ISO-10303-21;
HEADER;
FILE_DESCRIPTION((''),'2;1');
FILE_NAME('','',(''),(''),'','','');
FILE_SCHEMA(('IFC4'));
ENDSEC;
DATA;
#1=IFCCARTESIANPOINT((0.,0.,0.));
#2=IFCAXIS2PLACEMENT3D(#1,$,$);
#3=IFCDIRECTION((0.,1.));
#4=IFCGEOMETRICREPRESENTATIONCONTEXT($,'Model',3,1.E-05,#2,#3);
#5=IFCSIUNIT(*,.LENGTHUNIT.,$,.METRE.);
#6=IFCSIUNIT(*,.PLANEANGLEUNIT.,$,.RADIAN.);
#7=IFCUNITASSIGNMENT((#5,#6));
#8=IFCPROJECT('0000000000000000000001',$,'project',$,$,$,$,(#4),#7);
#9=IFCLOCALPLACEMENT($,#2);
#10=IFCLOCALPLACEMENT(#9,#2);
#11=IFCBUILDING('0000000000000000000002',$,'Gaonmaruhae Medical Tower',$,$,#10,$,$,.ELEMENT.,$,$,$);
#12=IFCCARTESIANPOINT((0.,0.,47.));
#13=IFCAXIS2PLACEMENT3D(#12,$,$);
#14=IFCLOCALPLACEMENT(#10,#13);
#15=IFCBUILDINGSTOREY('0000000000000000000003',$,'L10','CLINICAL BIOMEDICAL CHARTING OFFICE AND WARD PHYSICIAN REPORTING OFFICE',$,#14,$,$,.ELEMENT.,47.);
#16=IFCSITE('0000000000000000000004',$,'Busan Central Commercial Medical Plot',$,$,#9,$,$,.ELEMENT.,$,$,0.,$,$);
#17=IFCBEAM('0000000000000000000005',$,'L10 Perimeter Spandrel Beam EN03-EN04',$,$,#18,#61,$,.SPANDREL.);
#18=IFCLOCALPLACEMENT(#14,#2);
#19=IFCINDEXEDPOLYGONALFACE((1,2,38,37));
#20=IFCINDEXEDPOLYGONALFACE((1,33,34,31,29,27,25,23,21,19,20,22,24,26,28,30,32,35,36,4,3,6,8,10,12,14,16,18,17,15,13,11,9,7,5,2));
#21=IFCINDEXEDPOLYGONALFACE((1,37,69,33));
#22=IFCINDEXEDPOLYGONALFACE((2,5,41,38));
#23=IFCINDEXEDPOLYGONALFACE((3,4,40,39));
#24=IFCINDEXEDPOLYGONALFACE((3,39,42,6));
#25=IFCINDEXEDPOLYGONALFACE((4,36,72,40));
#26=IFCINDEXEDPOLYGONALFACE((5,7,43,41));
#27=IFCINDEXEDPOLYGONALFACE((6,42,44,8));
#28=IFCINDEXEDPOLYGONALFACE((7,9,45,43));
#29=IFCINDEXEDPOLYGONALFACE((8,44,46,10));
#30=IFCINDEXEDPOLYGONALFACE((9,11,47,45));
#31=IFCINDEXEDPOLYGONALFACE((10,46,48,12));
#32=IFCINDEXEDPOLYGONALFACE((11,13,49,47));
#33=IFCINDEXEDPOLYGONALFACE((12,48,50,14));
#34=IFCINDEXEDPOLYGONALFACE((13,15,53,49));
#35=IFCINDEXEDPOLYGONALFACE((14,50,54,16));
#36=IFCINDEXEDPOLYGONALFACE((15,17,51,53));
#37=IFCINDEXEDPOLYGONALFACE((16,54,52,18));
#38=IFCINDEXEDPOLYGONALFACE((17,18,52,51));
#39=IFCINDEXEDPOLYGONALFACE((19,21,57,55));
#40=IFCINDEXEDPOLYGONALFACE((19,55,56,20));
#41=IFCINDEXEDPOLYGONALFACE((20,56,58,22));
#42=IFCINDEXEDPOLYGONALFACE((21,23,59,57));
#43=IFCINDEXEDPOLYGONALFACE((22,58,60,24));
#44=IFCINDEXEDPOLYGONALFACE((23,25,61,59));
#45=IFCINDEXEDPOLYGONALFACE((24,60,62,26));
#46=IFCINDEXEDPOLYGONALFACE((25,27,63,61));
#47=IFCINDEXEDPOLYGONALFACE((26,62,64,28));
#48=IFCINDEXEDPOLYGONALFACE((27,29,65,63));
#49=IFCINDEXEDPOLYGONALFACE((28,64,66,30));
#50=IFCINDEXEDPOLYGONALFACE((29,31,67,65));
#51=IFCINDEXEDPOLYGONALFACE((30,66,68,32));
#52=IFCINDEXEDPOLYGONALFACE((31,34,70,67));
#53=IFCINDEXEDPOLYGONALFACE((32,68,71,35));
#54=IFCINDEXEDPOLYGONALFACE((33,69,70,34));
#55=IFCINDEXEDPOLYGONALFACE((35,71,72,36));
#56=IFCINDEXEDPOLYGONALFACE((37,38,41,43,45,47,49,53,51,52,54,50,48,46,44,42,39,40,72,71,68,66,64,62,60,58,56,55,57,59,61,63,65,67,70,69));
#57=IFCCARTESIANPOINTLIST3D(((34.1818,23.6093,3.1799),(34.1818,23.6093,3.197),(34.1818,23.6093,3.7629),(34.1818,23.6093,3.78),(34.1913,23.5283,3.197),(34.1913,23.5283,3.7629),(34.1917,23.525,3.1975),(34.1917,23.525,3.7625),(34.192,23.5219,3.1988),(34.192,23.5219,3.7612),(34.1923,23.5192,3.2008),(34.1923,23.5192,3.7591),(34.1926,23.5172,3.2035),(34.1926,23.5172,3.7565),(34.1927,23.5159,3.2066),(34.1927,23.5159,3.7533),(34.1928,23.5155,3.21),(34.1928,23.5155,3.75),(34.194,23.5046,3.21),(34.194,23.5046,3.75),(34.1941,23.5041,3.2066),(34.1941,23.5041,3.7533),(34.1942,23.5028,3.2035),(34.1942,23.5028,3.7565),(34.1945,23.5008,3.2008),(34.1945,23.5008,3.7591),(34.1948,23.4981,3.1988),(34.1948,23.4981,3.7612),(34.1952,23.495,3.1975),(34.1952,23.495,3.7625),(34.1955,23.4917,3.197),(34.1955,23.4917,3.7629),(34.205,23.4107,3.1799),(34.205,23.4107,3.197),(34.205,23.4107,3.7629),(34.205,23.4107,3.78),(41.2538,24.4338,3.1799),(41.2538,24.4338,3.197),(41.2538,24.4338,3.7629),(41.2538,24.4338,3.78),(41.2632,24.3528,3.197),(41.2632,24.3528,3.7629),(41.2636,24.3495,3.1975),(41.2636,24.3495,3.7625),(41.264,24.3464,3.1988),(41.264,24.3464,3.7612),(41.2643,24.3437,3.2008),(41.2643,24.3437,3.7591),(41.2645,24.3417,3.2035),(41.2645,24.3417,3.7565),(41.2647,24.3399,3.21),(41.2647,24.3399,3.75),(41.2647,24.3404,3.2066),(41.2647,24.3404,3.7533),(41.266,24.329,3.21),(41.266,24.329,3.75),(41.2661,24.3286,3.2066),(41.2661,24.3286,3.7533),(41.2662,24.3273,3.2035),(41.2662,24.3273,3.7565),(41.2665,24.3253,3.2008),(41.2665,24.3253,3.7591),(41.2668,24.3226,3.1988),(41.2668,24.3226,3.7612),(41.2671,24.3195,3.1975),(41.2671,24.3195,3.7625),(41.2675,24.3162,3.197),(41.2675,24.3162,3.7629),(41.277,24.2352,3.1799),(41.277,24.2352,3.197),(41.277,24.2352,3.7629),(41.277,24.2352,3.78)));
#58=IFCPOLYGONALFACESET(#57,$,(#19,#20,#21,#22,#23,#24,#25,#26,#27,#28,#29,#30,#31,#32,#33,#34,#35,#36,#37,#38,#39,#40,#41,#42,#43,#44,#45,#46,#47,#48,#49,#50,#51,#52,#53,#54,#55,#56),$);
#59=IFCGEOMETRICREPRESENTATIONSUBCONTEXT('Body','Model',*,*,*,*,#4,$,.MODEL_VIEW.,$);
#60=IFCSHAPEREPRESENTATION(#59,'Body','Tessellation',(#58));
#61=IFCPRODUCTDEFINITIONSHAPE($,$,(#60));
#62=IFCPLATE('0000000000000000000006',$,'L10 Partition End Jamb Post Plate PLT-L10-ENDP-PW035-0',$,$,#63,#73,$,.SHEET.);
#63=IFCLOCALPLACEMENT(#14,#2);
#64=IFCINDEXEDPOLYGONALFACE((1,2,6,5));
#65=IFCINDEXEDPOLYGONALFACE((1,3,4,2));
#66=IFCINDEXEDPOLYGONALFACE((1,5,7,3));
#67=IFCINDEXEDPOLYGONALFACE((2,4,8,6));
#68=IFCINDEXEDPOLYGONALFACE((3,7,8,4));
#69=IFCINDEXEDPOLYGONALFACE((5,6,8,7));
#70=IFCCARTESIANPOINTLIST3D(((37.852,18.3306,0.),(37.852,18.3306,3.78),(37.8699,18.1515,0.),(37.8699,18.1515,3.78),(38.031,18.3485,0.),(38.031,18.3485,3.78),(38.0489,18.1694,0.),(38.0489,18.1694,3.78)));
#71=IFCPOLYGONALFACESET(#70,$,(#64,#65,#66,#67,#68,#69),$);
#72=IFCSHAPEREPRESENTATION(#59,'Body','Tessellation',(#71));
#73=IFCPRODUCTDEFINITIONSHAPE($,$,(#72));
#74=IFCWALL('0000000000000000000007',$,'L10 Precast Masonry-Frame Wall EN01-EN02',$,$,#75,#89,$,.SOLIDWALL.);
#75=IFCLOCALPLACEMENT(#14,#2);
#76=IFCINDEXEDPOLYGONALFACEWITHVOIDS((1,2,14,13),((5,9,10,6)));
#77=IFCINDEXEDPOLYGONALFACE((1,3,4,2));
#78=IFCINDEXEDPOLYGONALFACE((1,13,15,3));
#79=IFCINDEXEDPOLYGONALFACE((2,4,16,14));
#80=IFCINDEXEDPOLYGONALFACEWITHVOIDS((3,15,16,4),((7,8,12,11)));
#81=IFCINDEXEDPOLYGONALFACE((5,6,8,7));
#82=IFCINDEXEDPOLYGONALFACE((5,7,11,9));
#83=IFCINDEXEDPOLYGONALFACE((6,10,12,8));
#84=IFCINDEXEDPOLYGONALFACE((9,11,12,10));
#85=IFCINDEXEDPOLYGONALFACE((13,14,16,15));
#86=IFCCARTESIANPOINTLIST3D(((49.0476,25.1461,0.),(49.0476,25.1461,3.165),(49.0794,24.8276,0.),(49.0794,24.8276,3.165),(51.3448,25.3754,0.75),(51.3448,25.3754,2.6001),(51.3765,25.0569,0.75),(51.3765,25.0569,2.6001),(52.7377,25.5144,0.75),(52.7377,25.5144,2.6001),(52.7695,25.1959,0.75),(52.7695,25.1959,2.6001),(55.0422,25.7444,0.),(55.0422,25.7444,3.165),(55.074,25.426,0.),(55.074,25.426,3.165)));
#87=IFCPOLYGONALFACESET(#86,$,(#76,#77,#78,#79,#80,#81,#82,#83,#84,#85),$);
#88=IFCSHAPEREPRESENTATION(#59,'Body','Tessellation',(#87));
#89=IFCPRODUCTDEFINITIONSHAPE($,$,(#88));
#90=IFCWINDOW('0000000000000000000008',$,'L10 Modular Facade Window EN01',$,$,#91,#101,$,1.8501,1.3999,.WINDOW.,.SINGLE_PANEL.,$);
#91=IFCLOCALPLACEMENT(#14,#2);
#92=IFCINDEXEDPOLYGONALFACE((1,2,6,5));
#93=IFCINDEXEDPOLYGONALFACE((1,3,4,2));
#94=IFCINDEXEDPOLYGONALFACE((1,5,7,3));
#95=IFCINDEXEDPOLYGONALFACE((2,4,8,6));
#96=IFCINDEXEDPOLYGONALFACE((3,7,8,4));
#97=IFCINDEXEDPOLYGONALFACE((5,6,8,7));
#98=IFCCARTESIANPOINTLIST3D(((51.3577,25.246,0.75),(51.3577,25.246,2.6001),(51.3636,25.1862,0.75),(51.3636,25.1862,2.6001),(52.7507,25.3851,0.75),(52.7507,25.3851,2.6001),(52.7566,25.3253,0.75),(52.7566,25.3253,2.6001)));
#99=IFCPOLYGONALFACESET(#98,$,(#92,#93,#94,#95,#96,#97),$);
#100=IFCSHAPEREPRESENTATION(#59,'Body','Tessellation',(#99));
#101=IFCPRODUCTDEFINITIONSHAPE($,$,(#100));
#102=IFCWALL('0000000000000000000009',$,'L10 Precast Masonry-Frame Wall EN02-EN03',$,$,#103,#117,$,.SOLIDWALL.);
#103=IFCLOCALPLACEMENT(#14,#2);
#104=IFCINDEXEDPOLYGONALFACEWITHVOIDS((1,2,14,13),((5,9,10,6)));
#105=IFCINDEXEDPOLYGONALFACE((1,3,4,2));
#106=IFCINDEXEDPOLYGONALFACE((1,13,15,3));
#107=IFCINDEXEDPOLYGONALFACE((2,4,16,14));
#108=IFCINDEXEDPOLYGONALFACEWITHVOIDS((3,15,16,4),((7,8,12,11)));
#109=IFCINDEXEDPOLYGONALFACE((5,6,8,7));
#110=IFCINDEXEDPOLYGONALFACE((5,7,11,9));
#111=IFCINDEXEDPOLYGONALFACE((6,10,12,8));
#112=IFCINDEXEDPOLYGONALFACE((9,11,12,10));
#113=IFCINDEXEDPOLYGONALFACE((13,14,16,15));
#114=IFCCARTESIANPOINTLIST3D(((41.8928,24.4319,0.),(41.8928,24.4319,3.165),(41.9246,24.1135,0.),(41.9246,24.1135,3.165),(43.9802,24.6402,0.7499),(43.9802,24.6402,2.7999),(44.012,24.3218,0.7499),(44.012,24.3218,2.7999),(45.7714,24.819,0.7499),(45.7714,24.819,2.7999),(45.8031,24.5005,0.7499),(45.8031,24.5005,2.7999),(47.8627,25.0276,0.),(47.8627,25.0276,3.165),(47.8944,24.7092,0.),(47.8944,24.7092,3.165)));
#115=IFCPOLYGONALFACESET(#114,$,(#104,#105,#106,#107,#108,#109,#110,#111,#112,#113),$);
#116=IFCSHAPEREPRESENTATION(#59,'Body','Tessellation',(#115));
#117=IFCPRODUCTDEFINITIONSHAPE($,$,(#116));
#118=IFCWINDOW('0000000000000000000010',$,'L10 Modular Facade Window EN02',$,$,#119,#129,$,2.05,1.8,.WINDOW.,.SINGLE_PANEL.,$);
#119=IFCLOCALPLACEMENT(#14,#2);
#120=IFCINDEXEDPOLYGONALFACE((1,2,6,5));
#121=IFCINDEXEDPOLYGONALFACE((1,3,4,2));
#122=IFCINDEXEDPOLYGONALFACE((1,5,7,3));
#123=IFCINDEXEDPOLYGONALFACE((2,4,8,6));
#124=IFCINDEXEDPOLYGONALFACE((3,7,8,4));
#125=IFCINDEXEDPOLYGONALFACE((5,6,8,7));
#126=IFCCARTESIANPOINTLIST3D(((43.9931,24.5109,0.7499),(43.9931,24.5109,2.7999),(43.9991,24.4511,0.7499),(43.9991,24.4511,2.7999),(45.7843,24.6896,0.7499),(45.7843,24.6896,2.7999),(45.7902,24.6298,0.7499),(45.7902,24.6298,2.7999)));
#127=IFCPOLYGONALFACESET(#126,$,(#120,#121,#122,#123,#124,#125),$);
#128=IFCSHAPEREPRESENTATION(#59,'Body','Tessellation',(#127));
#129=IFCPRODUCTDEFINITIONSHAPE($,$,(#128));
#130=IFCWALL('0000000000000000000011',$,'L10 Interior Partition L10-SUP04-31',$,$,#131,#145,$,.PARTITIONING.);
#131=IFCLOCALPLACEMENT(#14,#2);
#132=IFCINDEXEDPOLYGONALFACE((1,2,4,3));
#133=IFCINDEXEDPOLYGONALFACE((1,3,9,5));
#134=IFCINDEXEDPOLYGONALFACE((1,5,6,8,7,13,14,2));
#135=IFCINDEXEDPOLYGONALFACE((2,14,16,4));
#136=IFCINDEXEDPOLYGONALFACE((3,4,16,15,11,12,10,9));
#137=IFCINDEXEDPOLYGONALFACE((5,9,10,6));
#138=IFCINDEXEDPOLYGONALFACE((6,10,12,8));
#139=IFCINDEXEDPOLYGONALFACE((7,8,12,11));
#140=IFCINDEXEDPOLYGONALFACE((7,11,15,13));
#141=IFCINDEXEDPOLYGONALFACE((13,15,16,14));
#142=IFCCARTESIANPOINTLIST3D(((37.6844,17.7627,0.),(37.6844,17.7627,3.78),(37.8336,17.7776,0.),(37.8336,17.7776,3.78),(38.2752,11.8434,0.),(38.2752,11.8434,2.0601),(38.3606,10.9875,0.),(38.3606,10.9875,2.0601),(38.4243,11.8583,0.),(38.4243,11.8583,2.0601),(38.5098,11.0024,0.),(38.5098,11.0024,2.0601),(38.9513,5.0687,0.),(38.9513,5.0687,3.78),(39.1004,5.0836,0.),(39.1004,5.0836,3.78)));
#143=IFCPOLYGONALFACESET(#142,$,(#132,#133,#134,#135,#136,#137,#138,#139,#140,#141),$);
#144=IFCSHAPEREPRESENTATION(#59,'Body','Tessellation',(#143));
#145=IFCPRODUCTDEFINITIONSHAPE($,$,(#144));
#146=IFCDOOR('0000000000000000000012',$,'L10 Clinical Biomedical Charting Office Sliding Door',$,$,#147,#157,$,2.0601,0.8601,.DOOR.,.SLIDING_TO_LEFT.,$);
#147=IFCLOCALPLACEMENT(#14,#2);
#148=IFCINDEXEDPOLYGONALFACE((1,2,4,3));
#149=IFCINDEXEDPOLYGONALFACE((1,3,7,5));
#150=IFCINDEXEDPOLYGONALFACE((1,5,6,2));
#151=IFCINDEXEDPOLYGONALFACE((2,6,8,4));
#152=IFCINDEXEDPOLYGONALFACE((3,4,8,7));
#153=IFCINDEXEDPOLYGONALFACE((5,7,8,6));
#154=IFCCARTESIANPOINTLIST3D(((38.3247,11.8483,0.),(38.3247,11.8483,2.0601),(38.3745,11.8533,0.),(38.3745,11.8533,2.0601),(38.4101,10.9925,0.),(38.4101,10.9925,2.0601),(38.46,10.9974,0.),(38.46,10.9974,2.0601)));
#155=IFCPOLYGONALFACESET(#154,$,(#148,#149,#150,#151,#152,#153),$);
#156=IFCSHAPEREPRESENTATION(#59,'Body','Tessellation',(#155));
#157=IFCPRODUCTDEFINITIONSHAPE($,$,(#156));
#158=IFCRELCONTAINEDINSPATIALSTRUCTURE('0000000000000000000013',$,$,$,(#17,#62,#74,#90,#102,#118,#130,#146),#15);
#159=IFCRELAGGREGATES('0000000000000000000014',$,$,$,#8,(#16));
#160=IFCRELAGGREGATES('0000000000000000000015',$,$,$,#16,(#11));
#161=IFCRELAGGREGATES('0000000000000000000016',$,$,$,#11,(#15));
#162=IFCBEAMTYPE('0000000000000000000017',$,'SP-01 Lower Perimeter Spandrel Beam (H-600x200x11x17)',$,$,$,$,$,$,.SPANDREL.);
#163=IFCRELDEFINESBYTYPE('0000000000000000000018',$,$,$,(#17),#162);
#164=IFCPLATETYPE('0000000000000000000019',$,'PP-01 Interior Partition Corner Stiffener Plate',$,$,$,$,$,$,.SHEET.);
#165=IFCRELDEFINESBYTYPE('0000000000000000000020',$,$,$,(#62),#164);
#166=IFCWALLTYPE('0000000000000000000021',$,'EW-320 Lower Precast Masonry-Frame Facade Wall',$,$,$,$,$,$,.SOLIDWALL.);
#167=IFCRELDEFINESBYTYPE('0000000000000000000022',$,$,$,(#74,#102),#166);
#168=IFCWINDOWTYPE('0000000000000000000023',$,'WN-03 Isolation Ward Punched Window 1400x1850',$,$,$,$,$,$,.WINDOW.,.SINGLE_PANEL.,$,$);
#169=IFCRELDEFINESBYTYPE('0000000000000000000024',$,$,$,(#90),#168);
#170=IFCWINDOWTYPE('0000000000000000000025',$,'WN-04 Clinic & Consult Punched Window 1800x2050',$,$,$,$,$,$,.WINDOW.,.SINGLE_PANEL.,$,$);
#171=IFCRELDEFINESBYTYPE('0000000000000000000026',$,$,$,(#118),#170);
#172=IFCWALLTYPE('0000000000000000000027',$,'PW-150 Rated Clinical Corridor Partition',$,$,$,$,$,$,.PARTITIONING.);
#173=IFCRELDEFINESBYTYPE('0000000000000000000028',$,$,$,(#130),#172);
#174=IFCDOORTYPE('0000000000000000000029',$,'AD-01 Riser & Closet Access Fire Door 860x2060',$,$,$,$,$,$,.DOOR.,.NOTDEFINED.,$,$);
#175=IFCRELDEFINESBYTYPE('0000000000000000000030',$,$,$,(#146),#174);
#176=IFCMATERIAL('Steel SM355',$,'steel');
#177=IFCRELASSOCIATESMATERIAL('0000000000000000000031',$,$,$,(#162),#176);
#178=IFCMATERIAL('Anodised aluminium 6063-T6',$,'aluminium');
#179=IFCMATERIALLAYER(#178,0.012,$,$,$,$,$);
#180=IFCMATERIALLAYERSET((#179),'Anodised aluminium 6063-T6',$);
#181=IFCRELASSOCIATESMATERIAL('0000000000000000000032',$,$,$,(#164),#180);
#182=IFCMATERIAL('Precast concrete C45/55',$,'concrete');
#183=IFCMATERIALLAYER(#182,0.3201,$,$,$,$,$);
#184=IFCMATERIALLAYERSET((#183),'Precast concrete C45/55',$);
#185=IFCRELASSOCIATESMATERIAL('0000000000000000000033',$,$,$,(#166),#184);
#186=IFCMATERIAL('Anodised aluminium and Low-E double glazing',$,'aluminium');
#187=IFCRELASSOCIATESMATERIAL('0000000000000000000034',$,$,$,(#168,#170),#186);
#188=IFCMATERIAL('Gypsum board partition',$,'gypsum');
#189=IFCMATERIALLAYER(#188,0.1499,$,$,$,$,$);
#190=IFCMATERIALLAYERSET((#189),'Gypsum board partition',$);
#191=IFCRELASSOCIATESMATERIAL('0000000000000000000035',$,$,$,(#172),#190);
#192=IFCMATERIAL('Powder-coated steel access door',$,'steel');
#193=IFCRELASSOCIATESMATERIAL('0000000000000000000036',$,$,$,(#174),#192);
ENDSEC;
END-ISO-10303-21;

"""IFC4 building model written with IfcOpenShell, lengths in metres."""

from ifc_helpers import new_model, si_unit, direction, frame, frame_2d, origin, origin_2d, place, context, subcontext, project, spatial, rectangle, i_section, extrude, material, layer, layer_set, material_profile, profile_set, type_object, element, fill, save


model = new_model("IFC4")

# Units and contexts
model_context = context("Model", 3, precision=1e-05, world=origin(), true_north=direction((0.0, 1.0)))
body_context = subcontext(model_context, "Body", "Model", "MODEL_VIEW")
ifc_project = project(units=[si_unit("LENGTHUNIT", "METRE"), si_unit("PLANEANGLEUNIT", "RADIAN")], contexts=[model_context])

# Site, building, storey
site_placement = place(None, origin())
site = spatial("IfcSite", under=ifc_project, at=site_placement, Name="Busan Central Commercial Medical Plot", CompositionType="ELEMENT", RefElevation=0.0)
building_placement = place(site_placement, origin())
building = spatial("IfcBuilding", under=site, at=building_placement, Name="Gaonmaruhae Medical Tower", CompositionType="ELEMENT")
storey_placement = place(building_placement, frame((0.0, 0.0, 47.0)))
storey = spatial("IfcBuildingStorey", under=building, at=storey_placement, Name="L10", Description="CLINICAL BIOMEDICAL CHARTING OFFICE AND WARD PHYSICIAN REPORTING OFFICE", CompositionType="ELEMENT", Elevation=47.0)

# Beam
ifc_material_1 = material(Name="Steel SM355", Category="steel")
ifc_material_profile_1 = material_profile(ifc_material_1, i_section(OverallWidth=0.2, OverallDepth=0.6001, WebThickness=0.011, FlangeThickness=0.0171, FilletRadius=0.0129, at=origin_2d()), Name="H-600x200x11x17")
ifc_profile_set_1 = profile_set([ifc_material_profile_1], Name="Steel SM355")
beam_type_1 = type_object("IfcBeamType", Name="SP-01 Lower Perimeter Spandrel Beam (H-600x200x11x17)", PredefinedType="SPANDREL", material=ifc_profile_set_1)
for number, where, z_axis, x_axis, name in (
    (1, (41.2654, 24.3345, 3.48), (-0.993273, -0.115797, 0.0), (0.115797, -0.993273, 0.0), "L10 Perimeter Spandrel Beam EN03-EN04"),
):
    element("IfcBeam", number, at=place(storey_placement, frame(where, z_axis=z_axis, x_axis=x_axis)), inside=storey, type_object=beam_type_1, Name=name, PredefinedType="SPANDREL", context=body_context, shape_type="SweptSolid", body=[
        extrude(i_section(OverallWidth=0.2, OverallDepth=0.6001, WebThickness=0.011, FlangeThickness=0.0171, FilletRadius=0.0129, at=origin_2d()), origin(), (0.0, 0.0, 1.0), 7.1199),
    ])

# Plate
ifc_material_2 = material(Name="Anodised aluminium 6063-T6", Category="aluminium")
ifc_layer_1 = layer(ifc_material_2, 0.012)
ifc_layer_set_1 = layer_set([ifc_layer_1], Name="Anodised aluminium 6063-T6")
plate_type = type_object("IfcPlateType", Name="PP-01 Interior Partition Corner Stiffener Plate", PredefinedType="SHEET", material=ifc_layer_set_1)
plate_placement = place(storey_placement, frame((37.9504, 18.25, 0.0), z_axis=(0.0, 0.0, 1.0), x_axis=(0.995057, 0.099302, 0.0)))
element("IfcPlate", 2, at=plate_placement, inside=storey, type_object=plate_type, Name="L10 Partition End Jamb Post Plate PLT-L10-ENDP-PW035-0", PredefinedType="SHEET", context=body_context, shape_type="SweptSolid", body=[
    extrude(rectangle(XDim=0.1799, YDim=0.1799, at=origin_2d()), origin(), (0.0, 0.0, 1.0), 3.78),
])

# Walls, openings, windows
ifc_material_3 = material(Name="Precast concrete C45/55", Category="concrete")
ifc_layer_2 = layer(ifc_material_3, 0.3201)
ifc_layer_set_2 = layer_set([ifc_layer_2], Name="Precast concrete C45/55")
wall_type_1 = type_object("IfcWallType", Name="EW-320 Lower Precast Masonry-Frame Facade Wall", PredefinedType="SOLIDWALL", material=ifc_layer_set_2)
wall_1_placement = place(storey_placement, frame((49.0635, 24.9868, 0.0), z_axis=(0.0, 0.0, 1.0), x_axis=(0.995055, 0.099327, 0.0)))
wall_1 = element("IfcWall", 3, at=wall_1_placement, inside=storey, type_object=wall_type_1, Name="L10 Precast Masonry-Frame Wall EN01-EN02", PredefinedType="SOLIDWALL", context=body_context, shape_type="SweptSolid", body=[
    extrude(rectangle(XDim=6.0244, YDim=0.3201, at=frame_2d((3.0122, 0.0))), origin(), (0.0, 0.0, 1.0), 3.165),
])
opening_1_placement = place(wall_1_placement, frame((2.3086, 0.0, 0.75)))
opening_1 = element("IfcOpeningElement", 4, at=opening_1_placement, cuts=wall_1, PredefinedType="OPENING", context=body_context, shape_type="SweptSolid", body=[
    extrude(rectangle(XDim=1.3999, YDim=1.8501, at=frame_2d((0.7, 0.925))), frame((0.0, 0.1699, 0.0), z_axis=(0.0, -1.0, 0.0), x_axis=(1.0, 0.0, 0.0)), (0.0, 0.0, 1.0), 0.3401),
])
ifc_material_4 = material(Name="Anodised aluminium and Low-E double glazing", Category="aluminium")
window_type_1 = type_object("IfcWindowType", Name="WN-03 Isolation Ward Punched Window 1400x1850", PartitioningType="SINGLE_PANEL", PredefinedType="WINDOW", material=ifc_material_4)
window_1_placement = place(opening_1_placement, origin())
window_1 = element("IfcWindow", 5, at=window_1_placement, inside=storey, type_object=window_type_1, Name="L10 Modular Facade Window EN01", OverallHeight=1.8501, OverallWidth=1.3999, PartitioningType="SINGLE_PANEL", PredefinedType="WINDOW", context=body_context, shape_type="SweptSolid", body=[
    extrude(rectangle(XDim=1.3999, YDim=1.8501, at=frame_2d((0.7, 0.925))), frame((0.0, 0.03, 0.0), z_axis=(0.0, -1.0, 0.0), x_axis=(1.0, 0.0, 0.0)), (0.0, 0.0, 1.0), 0.0601),
])
fill(opening_1, window_1)
wall_2_placement = place(storey_placement, frame((41.9087, 24.2727, 0.0), z_axis=(0.0, 0.0, 1.0), x_axis=(0.995059, 0.09929, 0.0)))
wall_2 = element("IfcWall", 6, at=wall_2_placement, inside=storey, type_object=wall_type_1, Name="L10 Precast Masonry-Frame Wall EN02-EN03", PredefinedType="SOLIDWALL", context=body_context, shape_type="SweptSolid", body=[
    extrude(rectangle(XDim=5.9995, YDim=0.3201, at=frame_2d((2.9998, 0.0))), origin(), (0.0, 0.0, 1.0), 3.165),
])
opening_2_placement = place(wall_2_placement, frame((2.0979, 0.0, 0.75)))
opening_2 = element("IfcOpeningElement", 7, at=opening_2_placement, cuts=wall_2, PredefinedType="OPENING", context=body_context, shape_type="SweptSolid", body=[
    extrude(rectangle(XDim=1.8, YDim=2.05, at=frame_2d((0.8999, 1.0249))), frame((0.0, 0.1699, 0.0), z_axis=(0.0, -1.0, 0.0), x_axis=(1.0, 0.0, 0.0)), (0.0, 0.0, 1.0), 0.3401),
])
window_type_2 = type_object("IfcWindowType", Name="WN-04 Clinic & Consult Punched Window 1800x2050", PartitioningType="SINGLE_PANEL", PredefinedType="WINDOW", material=ifc_material_4)
window_2_placement = place(opening_2_placement, origin())
window_2 = element("IfcWindow", 8, at=window_2_placement, inside=storey, type_object=window_type_2, Name="L10 Modular Facade Window EN02", OverallHeight=2.05, OverallWidth=1.8, PartitioningType="SINGLE_PANEL", PredefinedType="WINDOW", context=body_context, shape_type="SweptSolid", body=[
    extrude(rectangle(XDim=1.8, YDim=2.05, at=frame_2d((0.8999, 1.0249))), frame((0.0, 0.03, 0.0), z_axis=(0.0, -1.0, 0.0), x_axis=(1.0, 0.0, 0.0)), (0.0, 0.0, 1.0), 0.0601),
])
fill(opening_2, window_2)

# Wall, opening, door
ifc_material_5 = material(Name="Gypsum board partition", Category="gypsum")
ifc_layer_3 = layer(ifc_material_5, 0.1499)
ifc_layer_set_3 = layer_set([ifc_layer_3], Name="Gypsum board partition")
wall_type_2 = type_object("IfcWallType", Name="PW-150 Rated Clinical Corridor Partition", PredefinedType="PARTITIONING", material=ifc_layer_set_3)
wall_3_placement = place(storey_placement, frame((37.759, 17.77, 0.0), z_axis=(0.0, 0.0, 1.0), x_axis=(0.099305, -0.995057, 0.0)))
wall_3 = element("IfcWall", 9, at=wall_3_placement, inside=storey, type_object=wall_type_2, Name="L10 Interior Partition L10-SUP04-31", PredefinedType="PARTITIONING", context=body_context, shape_type="SweptSolid", body=[
    extrude(rectangle(XDim=12.7571, YDim=0.1499, at=frame_2d((6.3784, 0.0))), origin(), (0.0, 0.0, 1.0), 3.78),
])
opening_3_placement = place(wall_3_placement, frame((5.9485, 0.0, 0.0)))
opening_3 = element("IfcOpeningElement", 10, at=opening_3_placement, cuts=wall_3, PredefinedType="OPENING", context=body_context, shape_type="SweptSolid", body=[
    extrude(rectangle(XDim=0.8601, YDim=2.0601, at=frame_2d((0.4302, 1.03))), frame((0.0, 0.085, 0.0), z_axis=(0.0, -1.0, 0.0), x_axis=(1.0, 0.0, 0.0)), (0.0, 0.0, 1.0), 0.1699),
])
ifc_material_6 = material(Name="Powder-coated steel access door", Category="steel")
door_type_1 = type_object("IfcDoorType", Name="AD-01 Riser & Closet Access Fire Door 860x2060", OperationType="NOTDEFINED", PredefinedType="DOOR", material=ifc_material_6)
door_1_placement = place(opening_3_placement, origin())
door_1 = element("IfcDoor", 11, at=door_1_placement, inside=storey, type_object=door_type_1, Name="L10 Clinical Biomedical Charting Office Sliding Door", OperationType="SLIDING_TO_LEFT", OverallHeight=2.0601, OverallWidth=0.8601, PredefinedType="DOOR", context=body_context, shape_type="SweptSolid", body=[
    extrude(rectangle(XDim=0.8601, YDim=2.0601, at=frame_2d((0.4302, 1.03))), frame((0.0, 0.0249, 0.0), z_axis=(0.0, -1.0, 0.0), x_axis=(1.0, 0.0, 0.0)), (0.0, 0.0, 1.0), 0.05),
])
fill(opening_3, door_1)

save(model, "model.ifc")
